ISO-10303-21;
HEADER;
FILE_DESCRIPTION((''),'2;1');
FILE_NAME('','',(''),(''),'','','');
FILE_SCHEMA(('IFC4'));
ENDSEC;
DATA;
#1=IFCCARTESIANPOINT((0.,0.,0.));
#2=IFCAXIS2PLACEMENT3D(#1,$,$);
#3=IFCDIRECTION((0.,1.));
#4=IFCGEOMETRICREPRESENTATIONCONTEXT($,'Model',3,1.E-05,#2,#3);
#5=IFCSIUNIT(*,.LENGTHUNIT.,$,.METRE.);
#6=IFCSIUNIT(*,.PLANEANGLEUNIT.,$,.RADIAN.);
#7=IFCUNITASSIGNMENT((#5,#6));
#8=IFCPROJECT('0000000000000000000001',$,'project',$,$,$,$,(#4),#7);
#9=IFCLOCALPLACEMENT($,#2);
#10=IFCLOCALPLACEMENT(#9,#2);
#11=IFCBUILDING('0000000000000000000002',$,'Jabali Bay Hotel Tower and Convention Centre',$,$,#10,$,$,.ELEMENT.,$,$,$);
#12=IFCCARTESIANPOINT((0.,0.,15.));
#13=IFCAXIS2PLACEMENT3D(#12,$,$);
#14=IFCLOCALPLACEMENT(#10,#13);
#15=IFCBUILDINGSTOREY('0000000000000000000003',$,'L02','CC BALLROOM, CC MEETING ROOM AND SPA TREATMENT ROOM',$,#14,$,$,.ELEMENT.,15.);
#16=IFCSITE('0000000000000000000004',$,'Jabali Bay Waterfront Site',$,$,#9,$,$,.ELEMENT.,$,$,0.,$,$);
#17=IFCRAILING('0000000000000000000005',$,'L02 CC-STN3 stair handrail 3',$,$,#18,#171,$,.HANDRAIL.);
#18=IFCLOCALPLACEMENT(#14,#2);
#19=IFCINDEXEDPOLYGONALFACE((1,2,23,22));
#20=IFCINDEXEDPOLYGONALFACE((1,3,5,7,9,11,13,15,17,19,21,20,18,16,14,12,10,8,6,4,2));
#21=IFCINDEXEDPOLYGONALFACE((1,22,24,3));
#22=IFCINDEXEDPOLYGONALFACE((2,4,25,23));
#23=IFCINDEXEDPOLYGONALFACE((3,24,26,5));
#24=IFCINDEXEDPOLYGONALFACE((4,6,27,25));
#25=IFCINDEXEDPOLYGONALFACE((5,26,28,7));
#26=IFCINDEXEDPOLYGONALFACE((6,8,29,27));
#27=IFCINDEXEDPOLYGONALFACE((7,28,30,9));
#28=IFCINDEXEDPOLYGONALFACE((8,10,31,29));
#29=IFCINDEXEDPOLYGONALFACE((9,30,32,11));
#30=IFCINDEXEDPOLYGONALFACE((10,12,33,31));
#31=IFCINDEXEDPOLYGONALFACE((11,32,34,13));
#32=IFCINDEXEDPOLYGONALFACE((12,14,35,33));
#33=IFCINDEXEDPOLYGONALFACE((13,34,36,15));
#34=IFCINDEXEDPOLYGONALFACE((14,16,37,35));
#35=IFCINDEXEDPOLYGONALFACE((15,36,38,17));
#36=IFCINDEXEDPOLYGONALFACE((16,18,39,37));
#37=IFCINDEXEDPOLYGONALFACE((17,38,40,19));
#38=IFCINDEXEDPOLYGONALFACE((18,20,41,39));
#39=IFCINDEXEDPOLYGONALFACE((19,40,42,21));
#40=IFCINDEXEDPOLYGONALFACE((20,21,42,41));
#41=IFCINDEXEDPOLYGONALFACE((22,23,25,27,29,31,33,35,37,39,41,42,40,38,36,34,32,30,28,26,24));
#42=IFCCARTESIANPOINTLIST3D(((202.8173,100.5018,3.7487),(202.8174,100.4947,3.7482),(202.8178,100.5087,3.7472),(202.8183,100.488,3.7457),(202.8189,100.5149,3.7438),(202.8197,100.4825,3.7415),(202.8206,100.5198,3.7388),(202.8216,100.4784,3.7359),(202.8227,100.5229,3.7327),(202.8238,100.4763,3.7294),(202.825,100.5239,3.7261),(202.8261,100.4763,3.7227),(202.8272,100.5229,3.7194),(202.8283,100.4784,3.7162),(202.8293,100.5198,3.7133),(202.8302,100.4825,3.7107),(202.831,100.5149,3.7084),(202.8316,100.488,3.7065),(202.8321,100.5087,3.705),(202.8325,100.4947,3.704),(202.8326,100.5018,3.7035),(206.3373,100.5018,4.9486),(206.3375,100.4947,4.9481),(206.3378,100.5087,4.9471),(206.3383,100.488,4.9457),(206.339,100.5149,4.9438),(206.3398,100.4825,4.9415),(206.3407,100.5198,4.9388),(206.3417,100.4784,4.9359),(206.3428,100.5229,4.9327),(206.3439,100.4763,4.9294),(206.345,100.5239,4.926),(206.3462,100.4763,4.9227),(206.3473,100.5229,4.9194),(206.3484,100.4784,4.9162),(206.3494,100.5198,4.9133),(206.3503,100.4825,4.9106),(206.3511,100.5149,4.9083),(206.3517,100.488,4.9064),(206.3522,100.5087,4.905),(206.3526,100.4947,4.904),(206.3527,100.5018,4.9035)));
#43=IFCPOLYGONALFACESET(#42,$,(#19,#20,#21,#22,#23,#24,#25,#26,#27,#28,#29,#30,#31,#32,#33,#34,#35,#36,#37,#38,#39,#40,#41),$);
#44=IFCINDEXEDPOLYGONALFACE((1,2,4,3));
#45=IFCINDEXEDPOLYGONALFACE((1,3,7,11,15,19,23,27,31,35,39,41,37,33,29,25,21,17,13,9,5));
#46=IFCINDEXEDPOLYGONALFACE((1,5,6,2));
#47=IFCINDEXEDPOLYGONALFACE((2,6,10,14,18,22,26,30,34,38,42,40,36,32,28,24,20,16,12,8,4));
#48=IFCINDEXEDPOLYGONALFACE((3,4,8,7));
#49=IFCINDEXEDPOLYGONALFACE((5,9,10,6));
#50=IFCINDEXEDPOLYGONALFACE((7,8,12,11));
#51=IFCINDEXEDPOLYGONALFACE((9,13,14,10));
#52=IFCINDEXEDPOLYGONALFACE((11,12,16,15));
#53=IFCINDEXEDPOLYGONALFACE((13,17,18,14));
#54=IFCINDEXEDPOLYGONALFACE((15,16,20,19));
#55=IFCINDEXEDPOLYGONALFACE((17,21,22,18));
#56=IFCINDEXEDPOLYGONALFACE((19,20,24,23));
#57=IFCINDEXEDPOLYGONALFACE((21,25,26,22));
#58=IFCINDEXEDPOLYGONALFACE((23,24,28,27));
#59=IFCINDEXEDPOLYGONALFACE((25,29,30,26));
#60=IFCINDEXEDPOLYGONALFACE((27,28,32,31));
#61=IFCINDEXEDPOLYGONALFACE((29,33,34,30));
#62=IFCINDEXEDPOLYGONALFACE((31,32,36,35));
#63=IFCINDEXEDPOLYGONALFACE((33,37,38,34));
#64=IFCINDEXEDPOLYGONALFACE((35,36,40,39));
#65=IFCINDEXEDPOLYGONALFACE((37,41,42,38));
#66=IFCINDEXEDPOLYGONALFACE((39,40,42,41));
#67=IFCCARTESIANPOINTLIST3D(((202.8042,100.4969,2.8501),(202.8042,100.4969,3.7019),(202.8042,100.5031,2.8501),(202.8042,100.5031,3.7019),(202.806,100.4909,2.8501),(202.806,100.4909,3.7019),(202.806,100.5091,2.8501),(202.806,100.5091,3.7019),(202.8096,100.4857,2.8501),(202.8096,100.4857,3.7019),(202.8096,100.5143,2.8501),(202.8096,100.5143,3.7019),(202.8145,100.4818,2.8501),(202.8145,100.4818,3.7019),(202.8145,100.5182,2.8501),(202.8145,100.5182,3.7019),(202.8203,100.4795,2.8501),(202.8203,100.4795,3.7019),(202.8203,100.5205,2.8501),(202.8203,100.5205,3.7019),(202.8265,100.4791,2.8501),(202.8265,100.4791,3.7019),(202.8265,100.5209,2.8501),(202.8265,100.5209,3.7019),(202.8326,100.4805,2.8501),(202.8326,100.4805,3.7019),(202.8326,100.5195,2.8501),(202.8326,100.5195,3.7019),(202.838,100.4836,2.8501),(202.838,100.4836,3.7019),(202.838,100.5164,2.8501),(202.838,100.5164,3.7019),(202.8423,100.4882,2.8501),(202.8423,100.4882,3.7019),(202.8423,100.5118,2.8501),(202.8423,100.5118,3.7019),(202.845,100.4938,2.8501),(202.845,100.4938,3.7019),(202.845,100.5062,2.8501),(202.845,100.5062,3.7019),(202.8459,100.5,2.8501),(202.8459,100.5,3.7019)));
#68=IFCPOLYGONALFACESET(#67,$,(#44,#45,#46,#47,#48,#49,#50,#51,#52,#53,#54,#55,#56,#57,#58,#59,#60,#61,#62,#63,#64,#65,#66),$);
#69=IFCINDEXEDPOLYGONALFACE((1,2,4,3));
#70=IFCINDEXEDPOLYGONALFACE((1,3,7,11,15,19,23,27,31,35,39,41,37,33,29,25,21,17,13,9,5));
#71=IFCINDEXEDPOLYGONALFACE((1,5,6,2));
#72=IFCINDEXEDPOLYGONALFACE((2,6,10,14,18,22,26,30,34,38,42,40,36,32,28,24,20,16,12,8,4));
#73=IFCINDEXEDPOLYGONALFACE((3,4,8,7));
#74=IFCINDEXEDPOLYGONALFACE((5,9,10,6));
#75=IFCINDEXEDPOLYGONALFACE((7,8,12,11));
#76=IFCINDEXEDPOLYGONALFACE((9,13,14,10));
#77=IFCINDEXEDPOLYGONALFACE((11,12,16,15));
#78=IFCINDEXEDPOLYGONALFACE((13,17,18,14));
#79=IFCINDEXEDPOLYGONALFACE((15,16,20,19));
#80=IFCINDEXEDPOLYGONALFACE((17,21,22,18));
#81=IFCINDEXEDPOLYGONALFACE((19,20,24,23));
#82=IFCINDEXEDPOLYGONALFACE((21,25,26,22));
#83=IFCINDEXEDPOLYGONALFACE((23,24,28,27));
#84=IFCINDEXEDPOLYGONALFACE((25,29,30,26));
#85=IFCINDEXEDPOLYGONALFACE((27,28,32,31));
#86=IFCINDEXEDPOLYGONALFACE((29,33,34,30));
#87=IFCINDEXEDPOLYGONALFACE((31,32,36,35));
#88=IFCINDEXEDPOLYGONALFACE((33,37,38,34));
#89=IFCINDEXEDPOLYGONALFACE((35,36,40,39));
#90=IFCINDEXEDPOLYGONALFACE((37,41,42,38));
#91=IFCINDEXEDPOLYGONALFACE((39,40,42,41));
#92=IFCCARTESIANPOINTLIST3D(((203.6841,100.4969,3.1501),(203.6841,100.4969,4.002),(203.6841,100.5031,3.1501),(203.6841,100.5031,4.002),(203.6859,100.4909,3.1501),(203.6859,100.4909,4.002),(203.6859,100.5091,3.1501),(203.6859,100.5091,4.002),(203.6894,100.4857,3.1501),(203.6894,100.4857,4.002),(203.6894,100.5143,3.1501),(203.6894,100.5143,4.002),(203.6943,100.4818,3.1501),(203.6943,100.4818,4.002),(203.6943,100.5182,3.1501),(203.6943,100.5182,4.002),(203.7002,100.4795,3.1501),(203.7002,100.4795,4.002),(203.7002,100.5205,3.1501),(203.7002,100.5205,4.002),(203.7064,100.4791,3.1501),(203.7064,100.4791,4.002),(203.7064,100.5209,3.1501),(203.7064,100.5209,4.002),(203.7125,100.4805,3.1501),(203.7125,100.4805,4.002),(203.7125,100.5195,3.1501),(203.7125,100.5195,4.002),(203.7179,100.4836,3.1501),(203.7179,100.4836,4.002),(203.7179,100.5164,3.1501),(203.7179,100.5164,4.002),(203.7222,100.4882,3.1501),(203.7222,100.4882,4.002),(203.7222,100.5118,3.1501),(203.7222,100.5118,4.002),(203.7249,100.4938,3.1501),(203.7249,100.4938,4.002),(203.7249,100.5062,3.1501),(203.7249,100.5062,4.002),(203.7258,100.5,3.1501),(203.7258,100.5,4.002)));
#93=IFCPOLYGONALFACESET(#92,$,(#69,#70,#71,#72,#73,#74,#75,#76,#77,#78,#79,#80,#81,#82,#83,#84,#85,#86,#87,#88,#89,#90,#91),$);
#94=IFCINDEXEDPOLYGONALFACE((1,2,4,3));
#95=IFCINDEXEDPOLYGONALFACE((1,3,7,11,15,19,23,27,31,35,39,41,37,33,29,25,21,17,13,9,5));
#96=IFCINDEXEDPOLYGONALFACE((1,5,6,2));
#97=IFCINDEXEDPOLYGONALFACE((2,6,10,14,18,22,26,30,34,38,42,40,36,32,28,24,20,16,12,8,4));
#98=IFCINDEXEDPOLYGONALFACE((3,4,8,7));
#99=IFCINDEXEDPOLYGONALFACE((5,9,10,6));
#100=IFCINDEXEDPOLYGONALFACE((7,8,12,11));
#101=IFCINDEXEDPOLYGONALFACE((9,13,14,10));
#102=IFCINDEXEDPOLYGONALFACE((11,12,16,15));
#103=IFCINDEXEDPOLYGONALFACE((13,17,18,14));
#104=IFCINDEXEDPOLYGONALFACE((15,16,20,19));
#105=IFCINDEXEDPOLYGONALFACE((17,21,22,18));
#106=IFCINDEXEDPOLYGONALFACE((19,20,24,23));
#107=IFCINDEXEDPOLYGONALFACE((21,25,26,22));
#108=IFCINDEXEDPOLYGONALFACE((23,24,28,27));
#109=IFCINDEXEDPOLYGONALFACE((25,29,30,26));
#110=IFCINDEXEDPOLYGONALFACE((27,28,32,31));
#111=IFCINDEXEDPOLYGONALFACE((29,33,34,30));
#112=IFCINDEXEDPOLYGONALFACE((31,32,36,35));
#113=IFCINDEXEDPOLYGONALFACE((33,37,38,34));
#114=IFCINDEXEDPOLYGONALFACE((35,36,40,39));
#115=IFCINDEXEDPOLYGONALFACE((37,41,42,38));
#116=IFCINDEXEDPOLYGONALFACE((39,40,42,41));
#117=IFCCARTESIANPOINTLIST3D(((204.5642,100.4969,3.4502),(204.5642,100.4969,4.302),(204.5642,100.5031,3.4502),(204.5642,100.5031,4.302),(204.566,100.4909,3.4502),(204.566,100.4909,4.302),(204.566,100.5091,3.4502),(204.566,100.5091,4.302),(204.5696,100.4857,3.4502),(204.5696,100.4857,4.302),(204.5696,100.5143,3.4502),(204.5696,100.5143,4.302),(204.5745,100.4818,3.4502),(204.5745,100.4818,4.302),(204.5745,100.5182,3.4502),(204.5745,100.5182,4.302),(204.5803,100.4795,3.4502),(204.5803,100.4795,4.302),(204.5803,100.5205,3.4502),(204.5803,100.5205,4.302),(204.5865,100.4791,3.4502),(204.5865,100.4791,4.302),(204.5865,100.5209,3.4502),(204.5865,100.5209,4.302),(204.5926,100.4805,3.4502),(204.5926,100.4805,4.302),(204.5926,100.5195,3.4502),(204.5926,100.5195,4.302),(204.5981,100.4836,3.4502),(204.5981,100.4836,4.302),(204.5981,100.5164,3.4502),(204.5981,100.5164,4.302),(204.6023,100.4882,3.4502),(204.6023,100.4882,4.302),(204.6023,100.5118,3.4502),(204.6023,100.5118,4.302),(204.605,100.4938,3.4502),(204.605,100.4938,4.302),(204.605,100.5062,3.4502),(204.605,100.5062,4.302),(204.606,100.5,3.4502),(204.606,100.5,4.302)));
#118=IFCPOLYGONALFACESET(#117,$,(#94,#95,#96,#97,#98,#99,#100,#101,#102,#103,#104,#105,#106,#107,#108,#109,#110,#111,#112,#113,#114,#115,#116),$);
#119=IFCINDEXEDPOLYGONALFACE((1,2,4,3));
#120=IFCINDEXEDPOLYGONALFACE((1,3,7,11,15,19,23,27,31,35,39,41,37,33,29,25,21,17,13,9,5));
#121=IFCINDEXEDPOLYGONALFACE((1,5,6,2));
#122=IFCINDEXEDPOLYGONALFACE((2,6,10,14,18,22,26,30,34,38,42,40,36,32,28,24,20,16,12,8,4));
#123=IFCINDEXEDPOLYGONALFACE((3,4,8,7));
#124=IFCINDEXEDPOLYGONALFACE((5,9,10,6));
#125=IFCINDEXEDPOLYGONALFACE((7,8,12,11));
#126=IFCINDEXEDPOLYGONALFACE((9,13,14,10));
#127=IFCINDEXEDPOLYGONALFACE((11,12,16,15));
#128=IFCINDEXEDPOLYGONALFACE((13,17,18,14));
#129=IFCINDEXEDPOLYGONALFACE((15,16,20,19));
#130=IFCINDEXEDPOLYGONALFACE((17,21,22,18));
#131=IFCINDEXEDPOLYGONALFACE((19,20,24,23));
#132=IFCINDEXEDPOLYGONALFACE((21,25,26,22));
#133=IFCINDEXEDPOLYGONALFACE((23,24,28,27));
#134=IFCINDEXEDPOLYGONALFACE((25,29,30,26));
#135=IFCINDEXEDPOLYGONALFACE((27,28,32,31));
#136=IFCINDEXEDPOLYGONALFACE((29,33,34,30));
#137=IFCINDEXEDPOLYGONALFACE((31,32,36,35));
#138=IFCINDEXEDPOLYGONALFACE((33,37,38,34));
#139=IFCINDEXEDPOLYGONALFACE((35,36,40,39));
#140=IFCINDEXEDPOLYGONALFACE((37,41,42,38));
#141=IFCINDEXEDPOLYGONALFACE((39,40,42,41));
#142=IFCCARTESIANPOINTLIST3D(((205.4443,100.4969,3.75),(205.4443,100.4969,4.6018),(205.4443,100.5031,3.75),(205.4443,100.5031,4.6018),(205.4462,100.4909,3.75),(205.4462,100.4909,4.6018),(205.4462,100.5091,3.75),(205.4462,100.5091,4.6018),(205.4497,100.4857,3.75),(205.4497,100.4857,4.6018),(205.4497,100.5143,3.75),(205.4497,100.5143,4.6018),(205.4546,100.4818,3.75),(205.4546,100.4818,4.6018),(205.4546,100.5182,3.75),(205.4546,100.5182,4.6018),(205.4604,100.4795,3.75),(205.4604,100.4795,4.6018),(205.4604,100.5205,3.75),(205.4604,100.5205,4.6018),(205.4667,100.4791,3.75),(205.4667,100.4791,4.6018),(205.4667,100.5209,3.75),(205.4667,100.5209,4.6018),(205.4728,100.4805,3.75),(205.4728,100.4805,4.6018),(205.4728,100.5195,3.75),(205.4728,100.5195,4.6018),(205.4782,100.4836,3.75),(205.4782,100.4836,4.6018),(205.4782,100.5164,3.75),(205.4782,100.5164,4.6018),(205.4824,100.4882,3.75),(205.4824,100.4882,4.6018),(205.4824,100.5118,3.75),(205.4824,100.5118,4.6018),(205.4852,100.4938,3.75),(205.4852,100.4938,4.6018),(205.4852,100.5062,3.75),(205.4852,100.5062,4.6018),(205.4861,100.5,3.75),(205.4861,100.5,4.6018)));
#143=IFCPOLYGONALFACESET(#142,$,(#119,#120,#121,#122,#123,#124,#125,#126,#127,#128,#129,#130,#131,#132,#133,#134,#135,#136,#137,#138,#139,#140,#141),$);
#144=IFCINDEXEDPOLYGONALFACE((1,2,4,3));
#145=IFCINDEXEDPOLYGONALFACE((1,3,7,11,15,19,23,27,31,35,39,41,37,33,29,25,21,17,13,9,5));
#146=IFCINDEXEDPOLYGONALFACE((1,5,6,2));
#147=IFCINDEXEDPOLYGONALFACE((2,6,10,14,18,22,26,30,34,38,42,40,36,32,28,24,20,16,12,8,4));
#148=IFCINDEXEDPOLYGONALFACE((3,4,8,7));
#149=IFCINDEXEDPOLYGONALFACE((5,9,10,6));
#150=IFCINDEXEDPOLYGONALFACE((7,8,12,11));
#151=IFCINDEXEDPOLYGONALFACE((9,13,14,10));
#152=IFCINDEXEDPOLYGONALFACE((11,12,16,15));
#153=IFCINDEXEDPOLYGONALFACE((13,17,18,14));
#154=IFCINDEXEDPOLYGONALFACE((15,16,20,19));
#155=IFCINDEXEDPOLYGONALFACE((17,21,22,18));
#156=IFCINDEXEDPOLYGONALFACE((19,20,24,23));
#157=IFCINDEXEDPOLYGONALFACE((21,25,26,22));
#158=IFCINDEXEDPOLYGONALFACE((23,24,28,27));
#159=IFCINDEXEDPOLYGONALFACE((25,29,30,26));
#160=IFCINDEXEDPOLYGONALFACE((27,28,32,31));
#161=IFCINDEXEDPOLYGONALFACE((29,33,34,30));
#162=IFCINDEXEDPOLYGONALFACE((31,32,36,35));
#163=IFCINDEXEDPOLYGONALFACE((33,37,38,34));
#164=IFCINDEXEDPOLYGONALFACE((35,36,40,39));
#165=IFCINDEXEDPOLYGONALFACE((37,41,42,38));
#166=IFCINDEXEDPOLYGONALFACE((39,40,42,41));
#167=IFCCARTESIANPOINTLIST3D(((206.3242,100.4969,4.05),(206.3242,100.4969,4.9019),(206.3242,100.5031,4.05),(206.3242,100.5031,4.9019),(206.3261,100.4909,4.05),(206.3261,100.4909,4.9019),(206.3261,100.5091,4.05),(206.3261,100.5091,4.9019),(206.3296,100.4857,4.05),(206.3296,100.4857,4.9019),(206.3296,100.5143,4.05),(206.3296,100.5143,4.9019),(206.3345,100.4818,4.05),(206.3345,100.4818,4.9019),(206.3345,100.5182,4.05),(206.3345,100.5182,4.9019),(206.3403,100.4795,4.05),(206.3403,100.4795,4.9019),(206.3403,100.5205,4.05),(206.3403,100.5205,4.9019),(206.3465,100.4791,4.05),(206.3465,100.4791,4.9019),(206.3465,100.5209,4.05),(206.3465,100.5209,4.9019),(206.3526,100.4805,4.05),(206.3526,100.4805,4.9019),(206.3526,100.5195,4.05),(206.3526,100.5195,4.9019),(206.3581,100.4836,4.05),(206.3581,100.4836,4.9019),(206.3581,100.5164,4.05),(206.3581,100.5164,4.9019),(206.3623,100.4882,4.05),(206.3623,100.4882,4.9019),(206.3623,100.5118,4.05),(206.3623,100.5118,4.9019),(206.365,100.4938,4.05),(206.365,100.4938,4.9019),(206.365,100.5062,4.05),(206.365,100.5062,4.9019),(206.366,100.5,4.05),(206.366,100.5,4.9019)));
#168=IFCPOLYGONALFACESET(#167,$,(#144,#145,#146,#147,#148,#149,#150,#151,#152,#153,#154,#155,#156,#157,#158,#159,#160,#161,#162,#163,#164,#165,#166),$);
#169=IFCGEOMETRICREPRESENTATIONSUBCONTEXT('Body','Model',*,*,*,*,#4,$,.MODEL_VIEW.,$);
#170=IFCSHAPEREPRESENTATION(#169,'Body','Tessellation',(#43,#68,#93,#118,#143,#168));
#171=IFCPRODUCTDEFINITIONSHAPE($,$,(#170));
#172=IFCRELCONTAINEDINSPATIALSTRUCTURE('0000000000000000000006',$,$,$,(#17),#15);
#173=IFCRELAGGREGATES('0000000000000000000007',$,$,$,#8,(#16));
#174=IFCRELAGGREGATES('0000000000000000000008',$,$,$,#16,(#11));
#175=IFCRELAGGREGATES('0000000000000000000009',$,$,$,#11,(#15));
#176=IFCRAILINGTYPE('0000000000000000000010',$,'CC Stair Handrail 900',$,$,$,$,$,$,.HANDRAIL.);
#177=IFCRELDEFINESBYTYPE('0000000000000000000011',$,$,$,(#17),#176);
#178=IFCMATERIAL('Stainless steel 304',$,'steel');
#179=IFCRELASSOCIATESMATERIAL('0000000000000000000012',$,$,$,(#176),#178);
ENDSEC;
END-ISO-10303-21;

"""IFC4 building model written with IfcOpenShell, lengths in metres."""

from ifc_helpers import new_model, si_unit, direction, frame, origin, origin_2d, place, context, subcontext, project, spatial, circle, extrude, material, type_object, element, save


model = new_model("IFC4")

# Units and contexts
model_context = context("Model", 3, precision=1e-05, world=origin(), true_north=direction((0.0, 1.0)))
body_context = subcontext(model_context, "Body", "Model", "MODEL_VIEW")
ifc_project = project(units=[si_unit("LENGTHUNIT", "METRE"), si_unit("PLANEANGLEUNIT", "RADIAN")], contexts=[model_context])

# Site, building, storey
site_placement = place(None, origin())
site = spatial("IfcSite", under=ifc_project, at=site_placement, Name="Jabali Bay Waterfront Site", CompositionType="ELEMENT", RefElevation=0.0)
building_placement = place(site_placement, origin())
building = spatial("IfcBuilding", under=site, at=building_placement, Name="Jabali Bay Hotel Tower and Convention Centre", CompositionType="ELEMENT")
storey_placement = place(building_placement, frame((0.0, 0.0, 15.0)))
storey = spatial("IfcBuildingStorey", under=building, at=storey_placement, Name="L02", Description="CC BALLROOM, CC MEETING ROOM AND SPA TREATMENT ROOM", CompositionType="ELEMENT", Elevation=15.0)

# Railing
ifc_material_1 = material(Name="Stainless steel 304", Category="steel")
railing_type = type_object("IfcRailingType", Name="CC Stair Handrail 900", PredefinedType="HANDRAIL", material=ifc_material_1)
railing_1_placement = place(storey_placement, frame((202.825, 100.5, 2.8501)))
element("IfcRailing", 1, at=railing_1_placement, inside=storey, type_object=railing_type, Name="L02 CC-STN3 stair handrail 3", PredefinedType="HANDRAIL", context=body_context, shape_type="SweptSolid", body=[
    extrude(circle(Radius=0.0239, at=origin_2d()), frame((0.0, 0.0, 0.876), z_axis=(0.946515, 0.0, 0.322661), x_axis=(0.0, 1.0, 0.0)), (0.0, 0.0, 1.0), 3.719),
    extrude(circle(Radius=0.021, at=origin_2d()), origin(), (0.0, 0.0, 1.0), 0.8518),
    extrude(circle(Radius=0.021, at=origin_2d()), frame((0.8799, 0.0, 0.3)), (0.0, 0.0, 1.0), 0.8518),
    extrude(circle(Radius=0.021, at=origin_2d()), frame((1.76, 0.0, 0.6001)), (0.0, 0.0, 1.0), 0.8518),
    extrude(circle(Radius=0.021, at=origin_2d()), frame((2.6401, 0.0, 0.8999)), (0.0, 0.0, 1.0), 0.8518),
    extrude(circle(Radius=0.021, at=origin_2d()), frame((3.52, 0.0, 1.2)), (0.0, 0.0, 1.0), 0.8518),
])

save(model, "model.ifc")
